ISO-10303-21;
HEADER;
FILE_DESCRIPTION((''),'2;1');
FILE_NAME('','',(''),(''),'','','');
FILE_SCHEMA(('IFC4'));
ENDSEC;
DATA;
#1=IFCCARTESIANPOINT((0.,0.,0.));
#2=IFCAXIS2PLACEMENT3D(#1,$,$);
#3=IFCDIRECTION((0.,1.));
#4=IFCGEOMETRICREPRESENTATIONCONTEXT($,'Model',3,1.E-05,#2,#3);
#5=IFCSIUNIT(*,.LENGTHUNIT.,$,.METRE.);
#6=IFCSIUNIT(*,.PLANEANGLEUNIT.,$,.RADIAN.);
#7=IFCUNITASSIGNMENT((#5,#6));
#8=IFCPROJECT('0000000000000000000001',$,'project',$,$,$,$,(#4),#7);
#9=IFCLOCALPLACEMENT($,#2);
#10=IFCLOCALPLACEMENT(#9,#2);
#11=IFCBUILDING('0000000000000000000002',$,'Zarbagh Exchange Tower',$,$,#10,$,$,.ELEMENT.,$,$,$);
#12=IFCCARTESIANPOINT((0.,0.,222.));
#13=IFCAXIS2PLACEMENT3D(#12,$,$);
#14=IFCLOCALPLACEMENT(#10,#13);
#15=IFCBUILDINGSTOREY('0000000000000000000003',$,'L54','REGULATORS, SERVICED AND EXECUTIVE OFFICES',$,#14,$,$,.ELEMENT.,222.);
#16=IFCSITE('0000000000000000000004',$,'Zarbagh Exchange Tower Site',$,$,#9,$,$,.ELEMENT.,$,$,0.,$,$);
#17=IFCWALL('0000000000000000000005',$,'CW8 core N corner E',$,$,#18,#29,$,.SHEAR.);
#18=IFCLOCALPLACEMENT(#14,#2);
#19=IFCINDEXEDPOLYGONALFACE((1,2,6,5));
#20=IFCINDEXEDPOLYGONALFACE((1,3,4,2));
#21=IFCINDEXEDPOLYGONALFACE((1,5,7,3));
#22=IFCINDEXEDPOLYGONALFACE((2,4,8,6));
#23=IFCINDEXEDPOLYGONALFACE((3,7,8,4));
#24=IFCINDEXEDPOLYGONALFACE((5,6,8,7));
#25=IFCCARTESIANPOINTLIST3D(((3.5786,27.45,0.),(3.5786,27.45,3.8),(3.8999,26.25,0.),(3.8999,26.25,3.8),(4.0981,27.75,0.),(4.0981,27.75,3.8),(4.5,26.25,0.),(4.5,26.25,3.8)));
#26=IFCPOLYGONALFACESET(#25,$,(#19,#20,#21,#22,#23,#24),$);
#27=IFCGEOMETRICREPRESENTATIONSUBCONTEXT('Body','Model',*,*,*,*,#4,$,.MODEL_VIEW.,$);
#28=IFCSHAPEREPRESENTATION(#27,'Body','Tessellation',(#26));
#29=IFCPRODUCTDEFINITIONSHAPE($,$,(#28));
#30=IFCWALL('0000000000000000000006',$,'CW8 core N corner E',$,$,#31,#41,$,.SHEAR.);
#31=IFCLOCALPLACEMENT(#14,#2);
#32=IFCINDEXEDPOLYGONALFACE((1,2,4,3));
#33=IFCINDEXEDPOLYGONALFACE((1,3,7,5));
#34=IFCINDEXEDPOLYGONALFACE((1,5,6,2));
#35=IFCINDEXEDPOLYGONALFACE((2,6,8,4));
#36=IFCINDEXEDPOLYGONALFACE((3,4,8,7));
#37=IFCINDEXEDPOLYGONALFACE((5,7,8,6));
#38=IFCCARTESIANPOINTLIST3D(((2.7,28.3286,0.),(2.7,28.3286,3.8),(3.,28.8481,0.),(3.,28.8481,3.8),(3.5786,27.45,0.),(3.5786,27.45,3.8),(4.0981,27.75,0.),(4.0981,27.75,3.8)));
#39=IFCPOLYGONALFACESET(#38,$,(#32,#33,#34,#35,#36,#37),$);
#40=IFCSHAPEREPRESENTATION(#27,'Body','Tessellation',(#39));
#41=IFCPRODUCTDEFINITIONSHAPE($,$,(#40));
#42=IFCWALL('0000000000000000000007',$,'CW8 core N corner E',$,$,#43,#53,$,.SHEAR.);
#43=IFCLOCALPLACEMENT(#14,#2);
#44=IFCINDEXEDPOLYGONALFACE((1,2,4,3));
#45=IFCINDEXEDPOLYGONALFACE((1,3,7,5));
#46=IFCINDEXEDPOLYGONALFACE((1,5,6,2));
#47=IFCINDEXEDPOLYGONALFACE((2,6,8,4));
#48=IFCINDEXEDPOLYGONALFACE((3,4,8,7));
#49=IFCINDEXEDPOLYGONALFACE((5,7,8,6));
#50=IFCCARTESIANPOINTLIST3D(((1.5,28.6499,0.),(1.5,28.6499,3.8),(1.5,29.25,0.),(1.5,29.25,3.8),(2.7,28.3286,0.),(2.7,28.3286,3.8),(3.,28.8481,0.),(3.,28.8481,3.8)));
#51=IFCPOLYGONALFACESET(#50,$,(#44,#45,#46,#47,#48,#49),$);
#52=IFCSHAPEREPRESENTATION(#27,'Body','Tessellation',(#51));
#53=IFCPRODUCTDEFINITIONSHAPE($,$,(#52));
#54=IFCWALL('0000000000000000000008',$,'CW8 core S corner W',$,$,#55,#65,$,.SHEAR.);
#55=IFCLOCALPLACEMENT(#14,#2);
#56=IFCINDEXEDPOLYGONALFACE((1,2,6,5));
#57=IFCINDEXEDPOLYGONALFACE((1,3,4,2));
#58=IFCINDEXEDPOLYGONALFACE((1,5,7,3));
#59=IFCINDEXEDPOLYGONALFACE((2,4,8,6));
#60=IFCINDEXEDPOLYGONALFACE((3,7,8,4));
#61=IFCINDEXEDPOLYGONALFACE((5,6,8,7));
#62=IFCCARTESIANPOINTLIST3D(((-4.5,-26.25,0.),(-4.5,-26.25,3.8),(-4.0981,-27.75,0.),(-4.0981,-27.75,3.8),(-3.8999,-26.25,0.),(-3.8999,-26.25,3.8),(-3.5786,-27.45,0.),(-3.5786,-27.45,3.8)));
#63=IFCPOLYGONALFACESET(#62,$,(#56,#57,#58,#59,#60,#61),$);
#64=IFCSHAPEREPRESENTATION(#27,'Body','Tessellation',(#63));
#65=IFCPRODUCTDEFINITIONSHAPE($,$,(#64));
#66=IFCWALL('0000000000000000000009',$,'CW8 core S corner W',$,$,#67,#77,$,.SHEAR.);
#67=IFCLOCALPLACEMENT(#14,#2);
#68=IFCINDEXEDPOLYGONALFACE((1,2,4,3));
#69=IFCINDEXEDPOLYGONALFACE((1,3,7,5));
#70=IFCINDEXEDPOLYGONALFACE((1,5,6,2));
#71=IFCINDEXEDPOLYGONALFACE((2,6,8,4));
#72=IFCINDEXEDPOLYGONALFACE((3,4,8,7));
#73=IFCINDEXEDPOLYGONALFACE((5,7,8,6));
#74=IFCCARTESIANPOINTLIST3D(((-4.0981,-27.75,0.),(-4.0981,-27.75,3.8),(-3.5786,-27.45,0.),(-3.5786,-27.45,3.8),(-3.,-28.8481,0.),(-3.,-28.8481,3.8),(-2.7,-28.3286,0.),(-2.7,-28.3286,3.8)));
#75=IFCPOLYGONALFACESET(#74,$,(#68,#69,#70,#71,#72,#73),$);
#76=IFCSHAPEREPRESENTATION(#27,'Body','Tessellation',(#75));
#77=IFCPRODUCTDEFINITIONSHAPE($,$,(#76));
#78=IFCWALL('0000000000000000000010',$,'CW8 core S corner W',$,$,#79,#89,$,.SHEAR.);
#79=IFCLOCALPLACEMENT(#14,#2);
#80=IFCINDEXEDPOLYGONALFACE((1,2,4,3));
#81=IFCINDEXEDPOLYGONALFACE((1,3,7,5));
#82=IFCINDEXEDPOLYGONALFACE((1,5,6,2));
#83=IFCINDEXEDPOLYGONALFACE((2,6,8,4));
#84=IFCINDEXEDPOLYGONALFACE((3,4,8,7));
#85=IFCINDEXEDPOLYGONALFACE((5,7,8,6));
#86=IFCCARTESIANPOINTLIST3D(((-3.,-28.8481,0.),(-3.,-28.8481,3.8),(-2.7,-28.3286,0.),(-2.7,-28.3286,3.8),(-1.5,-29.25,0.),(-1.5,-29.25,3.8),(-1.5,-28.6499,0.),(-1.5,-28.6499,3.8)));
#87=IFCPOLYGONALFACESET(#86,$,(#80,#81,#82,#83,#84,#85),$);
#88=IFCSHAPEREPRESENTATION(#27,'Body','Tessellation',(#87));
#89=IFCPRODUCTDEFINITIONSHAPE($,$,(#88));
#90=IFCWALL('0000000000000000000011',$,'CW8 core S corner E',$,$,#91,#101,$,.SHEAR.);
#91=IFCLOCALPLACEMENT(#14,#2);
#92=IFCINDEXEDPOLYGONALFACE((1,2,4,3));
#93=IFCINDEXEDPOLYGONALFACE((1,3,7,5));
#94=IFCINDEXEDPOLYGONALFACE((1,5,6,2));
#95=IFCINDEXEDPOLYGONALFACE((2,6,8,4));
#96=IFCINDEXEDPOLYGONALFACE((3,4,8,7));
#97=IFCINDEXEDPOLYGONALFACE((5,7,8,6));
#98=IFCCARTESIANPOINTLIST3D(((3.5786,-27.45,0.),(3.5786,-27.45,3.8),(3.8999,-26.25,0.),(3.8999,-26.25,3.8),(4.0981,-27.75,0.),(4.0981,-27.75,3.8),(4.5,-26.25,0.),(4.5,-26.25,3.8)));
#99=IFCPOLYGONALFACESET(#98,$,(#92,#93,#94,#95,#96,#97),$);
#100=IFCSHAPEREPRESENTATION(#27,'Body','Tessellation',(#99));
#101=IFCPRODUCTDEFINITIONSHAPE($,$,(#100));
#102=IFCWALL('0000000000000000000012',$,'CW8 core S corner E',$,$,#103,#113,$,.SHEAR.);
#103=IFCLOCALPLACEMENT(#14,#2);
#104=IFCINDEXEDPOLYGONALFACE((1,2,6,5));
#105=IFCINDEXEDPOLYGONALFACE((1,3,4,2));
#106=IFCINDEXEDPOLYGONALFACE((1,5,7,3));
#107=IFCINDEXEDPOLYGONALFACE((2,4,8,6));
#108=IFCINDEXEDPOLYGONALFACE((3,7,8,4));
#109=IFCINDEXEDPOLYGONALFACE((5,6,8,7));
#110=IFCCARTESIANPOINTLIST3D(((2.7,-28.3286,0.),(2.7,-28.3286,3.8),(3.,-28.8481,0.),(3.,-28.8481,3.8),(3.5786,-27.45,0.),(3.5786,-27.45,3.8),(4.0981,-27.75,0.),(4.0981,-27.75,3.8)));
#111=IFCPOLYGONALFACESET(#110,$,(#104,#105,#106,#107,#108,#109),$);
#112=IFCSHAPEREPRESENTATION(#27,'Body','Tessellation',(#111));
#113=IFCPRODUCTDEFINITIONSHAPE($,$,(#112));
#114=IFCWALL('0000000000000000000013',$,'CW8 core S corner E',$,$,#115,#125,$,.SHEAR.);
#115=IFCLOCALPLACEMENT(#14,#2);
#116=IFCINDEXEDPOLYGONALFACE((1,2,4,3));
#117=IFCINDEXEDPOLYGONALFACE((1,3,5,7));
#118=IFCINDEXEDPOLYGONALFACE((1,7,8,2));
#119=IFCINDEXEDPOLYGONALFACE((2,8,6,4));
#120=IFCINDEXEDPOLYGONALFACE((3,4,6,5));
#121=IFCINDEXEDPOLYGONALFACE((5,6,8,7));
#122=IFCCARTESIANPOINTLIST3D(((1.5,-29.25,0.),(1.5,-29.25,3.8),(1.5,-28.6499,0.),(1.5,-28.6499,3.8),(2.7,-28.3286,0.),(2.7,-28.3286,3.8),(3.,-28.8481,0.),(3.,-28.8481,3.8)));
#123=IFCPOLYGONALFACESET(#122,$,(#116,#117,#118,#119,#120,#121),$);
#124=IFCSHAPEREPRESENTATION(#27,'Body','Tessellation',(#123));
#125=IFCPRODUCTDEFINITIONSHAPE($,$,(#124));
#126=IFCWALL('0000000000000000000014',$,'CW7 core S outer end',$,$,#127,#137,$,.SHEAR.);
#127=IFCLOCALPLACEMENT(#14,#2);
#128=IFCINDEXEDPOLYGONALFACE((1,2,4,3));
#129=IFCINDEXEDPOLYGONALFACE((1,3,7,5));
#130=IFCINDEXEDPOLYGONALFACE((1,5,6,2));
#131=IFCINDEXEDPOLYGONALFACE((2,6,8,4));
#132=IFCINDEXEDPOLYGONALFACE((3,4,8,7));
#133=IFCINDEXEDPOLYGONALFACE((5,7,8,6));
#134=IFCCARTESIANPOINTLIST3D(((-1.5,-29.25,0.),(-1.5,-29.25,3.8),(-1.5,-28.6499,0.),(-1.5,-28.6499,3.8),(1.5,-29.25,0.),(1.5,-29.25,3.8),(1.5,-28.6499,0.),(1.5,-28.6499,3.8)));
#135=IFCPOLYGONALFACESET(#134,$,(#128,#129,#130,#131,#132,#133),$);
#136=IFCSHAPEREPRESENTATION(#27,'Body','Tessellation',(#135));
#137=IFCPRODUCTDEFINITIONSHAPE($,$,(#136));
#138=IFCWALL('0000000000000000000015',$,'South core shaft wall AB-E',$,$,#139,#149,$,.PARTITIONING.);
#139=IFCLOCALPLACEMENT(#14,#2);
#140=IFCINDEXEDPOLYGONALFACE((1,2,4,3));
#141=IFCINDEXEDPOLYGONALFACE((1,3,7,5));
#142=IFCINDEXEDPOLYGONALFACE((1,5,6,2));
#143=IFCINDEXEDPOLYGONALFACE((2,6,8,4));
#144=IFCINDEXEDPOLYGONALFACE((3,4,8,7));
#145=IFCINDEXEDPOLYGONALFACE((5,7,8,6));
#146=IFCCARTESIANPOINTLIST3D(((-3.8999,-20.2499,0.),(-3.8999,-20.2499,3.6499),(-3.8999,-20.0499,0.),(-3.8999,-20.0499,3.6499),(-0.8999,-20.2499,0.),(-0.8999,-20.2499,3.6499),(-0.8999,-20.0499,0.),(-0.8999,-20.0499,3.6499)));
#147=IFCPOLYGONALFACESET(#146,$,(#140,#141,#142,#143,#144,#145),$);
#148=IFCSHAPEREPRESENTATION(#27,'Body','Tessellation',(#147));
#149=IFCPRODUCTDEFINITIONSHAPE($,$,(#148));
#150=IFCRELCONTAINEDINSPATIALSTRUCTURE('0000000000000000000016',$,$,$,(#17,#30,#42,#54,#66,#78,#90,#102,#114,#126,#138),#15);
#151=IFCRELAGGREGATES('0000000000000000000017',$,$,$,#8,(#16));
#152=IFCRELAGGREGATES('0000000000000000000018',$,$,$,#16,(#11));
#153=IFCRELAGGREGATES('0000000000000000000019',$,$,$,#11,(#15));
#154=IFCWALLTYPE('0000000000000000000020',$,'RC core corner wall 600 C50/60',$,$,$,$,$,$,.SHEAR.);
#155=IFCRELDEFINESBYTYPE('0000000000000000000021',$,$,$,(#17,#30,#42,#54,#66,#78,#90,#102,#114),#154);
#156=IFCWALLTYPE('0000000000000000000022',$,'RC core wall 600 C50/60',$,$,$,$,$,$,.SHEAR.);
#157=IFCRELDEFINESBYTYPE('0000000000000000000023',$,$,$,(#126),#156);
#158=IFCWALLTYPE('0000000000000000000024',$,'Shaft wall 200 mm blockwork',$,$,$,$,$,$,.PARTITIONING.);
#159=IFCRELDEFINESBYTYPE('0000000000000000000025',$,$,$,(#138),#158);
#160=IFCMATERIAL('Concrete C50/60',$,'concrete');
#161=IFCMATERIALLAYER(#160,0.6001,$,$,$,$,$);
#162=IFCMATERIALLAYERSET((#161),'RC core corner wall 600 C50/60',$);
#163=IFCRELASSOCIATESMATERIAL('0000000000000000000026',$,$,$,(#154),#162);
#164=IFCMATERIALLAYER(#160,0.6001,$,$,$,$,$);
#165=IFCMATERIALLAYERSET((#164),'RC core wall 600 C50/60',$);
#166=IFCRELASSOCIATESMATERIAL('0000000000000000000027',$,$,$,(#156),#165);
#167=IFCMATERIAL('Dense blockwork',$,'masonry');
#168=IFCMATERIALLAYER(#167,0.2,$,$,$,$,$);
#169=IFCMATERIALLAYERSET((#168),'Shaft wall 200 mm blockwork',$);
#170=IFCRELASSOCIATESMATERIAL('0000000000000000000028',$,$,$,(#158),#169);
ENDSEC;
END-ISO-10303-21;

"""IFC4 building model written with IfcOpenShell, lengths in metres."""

from ifc_helpers import new_model, si_unit, direction, frame, frame_2d, origin, place, context, subcontext, project, spatial, polyline, rectangle, outline, extrude, material, layer, layer_set, type_object, element, save


model = new_model("IFC4")

# Units and contexts
model_context = context("Model", 3, precision=1e-05, world=origin(), true_north=direction((0.0, 1.0)))
body_context = subcontext(model_context, "Body", "Model", "MODEL_VIEW")
ifc_project = project(units=[si_unit("LENGTHUNIT", "METRE"), si_unit("PLANEANGLEUNIT", "RADIAN")], contexts=[model_context])

# Site, building, storey
site_placement = place(None, origin())
site = spatial("IfcSite", under=ifc_project, at=site_placement, Name="Zarbagh Exchange Tower Site", CompositionType="ELEMENT", RefElevation=0.0)
building_placement = place(site_placement, origin())
building = spatial("IfcBuilding", under=site, at=building_placement, Name="Zarbagh Exchange Tower", CompositionType="ELEMENT")
storey_placement = place(building_placement, frame((0.0, 0.0, 222.0)))
storey = spatial("IfcBuildingStorey", under=building, at=storey_placement, Name="L54", Description="REGULATORS, SERVICED AND EXECUTIVE OFFICES", CompositionType="ELEMENT", Elevation=222.0)

# Shared definitions
ifc_material_1 = material(Name="Dense blockwork", Category="masonry")

# Walls
ifc_material_2 = material(Name="Concrete C50/60", Category="concrete")
ifc_layer_1 = layer(ifc_material_2, 0.6001)
ifc_layer_set_1 = layer_set([ifc_layer_1], Name="RC core corner wall 600 C50/60")
wall_type_1 = type_object("IfcWallType", Name="RC core corner wall 600 C50/60", PredefinedType="SHEAR", material=ifc_layer_set_1)
wall_1_placement = place(storey_placement, origin())
element("IfcWall", 1, at=wall_1_placement, inside=storey, type_object=wall_type_1, Name="CW8 core N corner E", PredefinedType="SHEAR", context=body_context, shape_type="SweptSolid", body=[
    extrude(outline(polyline([(4.5, 26.25), (4.0981, 27.75), (3.5786, 27.45), (3.8999, 26.25), (4.5, 26.25)])), origin(), (0.0, 0.0, 1.0), 3.8),
])
wall_2_placement = place(storey_placement, origin())
element("IfcWall", 2, at=wall_2_placement, inside=storey, type_object=wall_type_1, Name="CW8 core N corner E", PredefinedType="SHEAR", context=body_context, shape_type="SweptSolid", body=[
    extrude(outline(polyline([(4.0981, 27.75), (3.0, 28.8481), (2.7, 28.3286), (3.5786, 27.45), (4.0981, 27.75)])), origin(), (0.0, 0.0, 1.0), 3.8),
])
wall_3_placement = place(storey_placement, origin())
element("IfcWall", 3, at=wall_3_placement, inside=storey, type_object=wall_type_1, Name="CW8 core N corner E", PredefinedType="SHEAR", context=body_context, shape_type="SweptSolid", body=[
    extrude(outline(polyline([(3.0, 28.8481), (1.5, 29.25), (1.5, 28.6499), (2.7, 28.3286), (3.0, 28.8481)])), origin(), (0.0, 0.0, 1.0), 3.8),
])
wall_4_placement = place(storey_placement, origin())
element("IfcWall", 4, at=wall_4_placement, inside=storey, type_object=wall_type_1, Name="CW8 core S corner W", PredefinedType="SHEAR", context=body_context, shape_type="SweptSolid", body=[
    extrude(outline(polyline([(-4.5, -26.25), (-4.0981, -27.75), (-3.5786, -27.45), (-3.8999, -26.25), (-4.5, -26.25)])), origin(), (0.0, 0.0, 1.0), 3.8),
])
wall_5_placement = place(storey_placement, origin())
element("IfcWall", 5, at=wall_5_placement, inside=storey, type_object=wall_type_1, Name="CW8 core S corner W", PredefinedType="SHEAR", context=body_context, shape_type="SweptSolid", body=[
    extrude(outline(polyline([(-4.0981, -27.75), (-3.0, -28.8481), (-2.7, -28.3286), (-3.5786, -27.45), (-4.0981, -27.75)])), origin(), (0.0, 0.0, 1.0), 3.8),
])
wall_6_placement = place(storey_placement, origin())
element("IfcWall", 6, at=wall_6_placement, inside=storey, type_object=wall_type_1, Name="CW8 core S corner W", PredefinedType="SHEAR", context=body_context, shape_type="SweptSolid", body=[
    extrude(outline(polyline([(-3.0, -28.8481), (-1.5, -29.25), (-1.5, -28.6499), (-2.7, -28.3286), (-3.0, -28.8481)])), origin(), (0.0, 0.0, 1.0), 3.8),
])
wall_7_placement = place(storey_placement, origin())
element("IfcWall", 7, at=wall_7_placement, inside=storey, type_object=wall_type_1, Name="CW8 core S corner E", PredefinedType="SHEAR", context=body_context, shape_type="SweptSolid", body=[
    extrude(outline(polyline([(4.5, -26.25), (4.0981, -27.75), (3.5786, -27.45), (3.8999, -26.25), (4.5, -26.25)])), origin(), (0.0, 0.0, 1.0), 3.8),
])
wall_8_placement = place(storey_placement, origin())
element("IfcWall", 8, at=wall_8_placement, inside=storey, type_object=wall_type_1, Name="CW8 core S corner E", PredefinedType="SHEAR", context=body_context, shape_type="SweptSolid", body=[
    extrude(outline(polyline([(4.0981, -27.75), (3.0, -28.8481), (2.7, -28.3286), (3.5786, -27.45), (4.0981, -27.75)])), origin(), (0.0, 0.0, 1.0), 3.8),
])
wall_9_placement = place(storey_placement, origin())
element("IfcWall", 9, at=wall_9_placement, inside=storey, type_object=wall_type_1, Name="CW8 core S corner E", PredefinedType="SHEAR", context=body_context, shape_type="SweptSolid", body=[
    extrude(outline(polyline([(3.0, -28.8481), (1.5, -29.25), (1.5, -28.6499), (2.7, -28.3286), (3.0, -28.8481)])), origin(), (0.0, 0.0, 1.0), 3.8),
])
ifc_layer_2 = layer(ifc_material_2, 0.6001)
ifc_layer_set_2 = layer_set([ifc_layer_2], Name="RC core wall 600 C50/60")
wall_type_2 = type_object("IfcWallType", Name="RC core wall 600 C50/60", PredefinedType="SHEAR", material=ifc_layer_set_2)
wall_10_placement = place(storey_placement, frame((-1.5, -28.95, 0.0), z_axis=(0.0, 0.0, 1.0), x_axis=(1.0, 0.0, 0.0)))
element("IfcWall", 10, at=wall_10_placement, inside=storey, type_object=wall_type_2, Name="CW7 core S outer end", PredefinedType="SHEAR", context=body_context, shape_type="SweptSolid", body=[
    extrude(rectangle(XDim=3.0, YDim=0.6001, at=frame_2d((1.5, 0.0))), origin(), (0.0, 0.0, 1.0), 3.8),
])
ifc_layer_3 = layer(ifc_material_1, 0.2)
ifc_layer_set_3 = layer_set([ifc_layer_3], Name="Shaft wall 200 mm blockwork")
wall_type_3 = type_object("IfcWallType", Name="Shaft wall 200 mm blockwork", PredefinedType="PARTITIONING", material=ifc_layer_set_3)
wall_11_placement = place(storey_placement, frame((-0.8999, -20.1499, 0.0), z_axis=(0.0, 0.0, 1.0), x_axis=(-1.0, 0.0, 0.0)))
element("IfcWall", 11, at=wall_11_placement, inside=storey, type_object=wall_type_3, Name="South core shaft wall AB-E", PredefinedType="PARTITIONING", context=body_context, shape_type="SweptSolid", body=[
    extrude(rectangle(XDim=3.0, YDim=0.2, at=frame_2d((1.5, 0.0))), origin(), (0.0, 0.0, 1.0), 3.6499),
])

save(model, "model.ifc")
